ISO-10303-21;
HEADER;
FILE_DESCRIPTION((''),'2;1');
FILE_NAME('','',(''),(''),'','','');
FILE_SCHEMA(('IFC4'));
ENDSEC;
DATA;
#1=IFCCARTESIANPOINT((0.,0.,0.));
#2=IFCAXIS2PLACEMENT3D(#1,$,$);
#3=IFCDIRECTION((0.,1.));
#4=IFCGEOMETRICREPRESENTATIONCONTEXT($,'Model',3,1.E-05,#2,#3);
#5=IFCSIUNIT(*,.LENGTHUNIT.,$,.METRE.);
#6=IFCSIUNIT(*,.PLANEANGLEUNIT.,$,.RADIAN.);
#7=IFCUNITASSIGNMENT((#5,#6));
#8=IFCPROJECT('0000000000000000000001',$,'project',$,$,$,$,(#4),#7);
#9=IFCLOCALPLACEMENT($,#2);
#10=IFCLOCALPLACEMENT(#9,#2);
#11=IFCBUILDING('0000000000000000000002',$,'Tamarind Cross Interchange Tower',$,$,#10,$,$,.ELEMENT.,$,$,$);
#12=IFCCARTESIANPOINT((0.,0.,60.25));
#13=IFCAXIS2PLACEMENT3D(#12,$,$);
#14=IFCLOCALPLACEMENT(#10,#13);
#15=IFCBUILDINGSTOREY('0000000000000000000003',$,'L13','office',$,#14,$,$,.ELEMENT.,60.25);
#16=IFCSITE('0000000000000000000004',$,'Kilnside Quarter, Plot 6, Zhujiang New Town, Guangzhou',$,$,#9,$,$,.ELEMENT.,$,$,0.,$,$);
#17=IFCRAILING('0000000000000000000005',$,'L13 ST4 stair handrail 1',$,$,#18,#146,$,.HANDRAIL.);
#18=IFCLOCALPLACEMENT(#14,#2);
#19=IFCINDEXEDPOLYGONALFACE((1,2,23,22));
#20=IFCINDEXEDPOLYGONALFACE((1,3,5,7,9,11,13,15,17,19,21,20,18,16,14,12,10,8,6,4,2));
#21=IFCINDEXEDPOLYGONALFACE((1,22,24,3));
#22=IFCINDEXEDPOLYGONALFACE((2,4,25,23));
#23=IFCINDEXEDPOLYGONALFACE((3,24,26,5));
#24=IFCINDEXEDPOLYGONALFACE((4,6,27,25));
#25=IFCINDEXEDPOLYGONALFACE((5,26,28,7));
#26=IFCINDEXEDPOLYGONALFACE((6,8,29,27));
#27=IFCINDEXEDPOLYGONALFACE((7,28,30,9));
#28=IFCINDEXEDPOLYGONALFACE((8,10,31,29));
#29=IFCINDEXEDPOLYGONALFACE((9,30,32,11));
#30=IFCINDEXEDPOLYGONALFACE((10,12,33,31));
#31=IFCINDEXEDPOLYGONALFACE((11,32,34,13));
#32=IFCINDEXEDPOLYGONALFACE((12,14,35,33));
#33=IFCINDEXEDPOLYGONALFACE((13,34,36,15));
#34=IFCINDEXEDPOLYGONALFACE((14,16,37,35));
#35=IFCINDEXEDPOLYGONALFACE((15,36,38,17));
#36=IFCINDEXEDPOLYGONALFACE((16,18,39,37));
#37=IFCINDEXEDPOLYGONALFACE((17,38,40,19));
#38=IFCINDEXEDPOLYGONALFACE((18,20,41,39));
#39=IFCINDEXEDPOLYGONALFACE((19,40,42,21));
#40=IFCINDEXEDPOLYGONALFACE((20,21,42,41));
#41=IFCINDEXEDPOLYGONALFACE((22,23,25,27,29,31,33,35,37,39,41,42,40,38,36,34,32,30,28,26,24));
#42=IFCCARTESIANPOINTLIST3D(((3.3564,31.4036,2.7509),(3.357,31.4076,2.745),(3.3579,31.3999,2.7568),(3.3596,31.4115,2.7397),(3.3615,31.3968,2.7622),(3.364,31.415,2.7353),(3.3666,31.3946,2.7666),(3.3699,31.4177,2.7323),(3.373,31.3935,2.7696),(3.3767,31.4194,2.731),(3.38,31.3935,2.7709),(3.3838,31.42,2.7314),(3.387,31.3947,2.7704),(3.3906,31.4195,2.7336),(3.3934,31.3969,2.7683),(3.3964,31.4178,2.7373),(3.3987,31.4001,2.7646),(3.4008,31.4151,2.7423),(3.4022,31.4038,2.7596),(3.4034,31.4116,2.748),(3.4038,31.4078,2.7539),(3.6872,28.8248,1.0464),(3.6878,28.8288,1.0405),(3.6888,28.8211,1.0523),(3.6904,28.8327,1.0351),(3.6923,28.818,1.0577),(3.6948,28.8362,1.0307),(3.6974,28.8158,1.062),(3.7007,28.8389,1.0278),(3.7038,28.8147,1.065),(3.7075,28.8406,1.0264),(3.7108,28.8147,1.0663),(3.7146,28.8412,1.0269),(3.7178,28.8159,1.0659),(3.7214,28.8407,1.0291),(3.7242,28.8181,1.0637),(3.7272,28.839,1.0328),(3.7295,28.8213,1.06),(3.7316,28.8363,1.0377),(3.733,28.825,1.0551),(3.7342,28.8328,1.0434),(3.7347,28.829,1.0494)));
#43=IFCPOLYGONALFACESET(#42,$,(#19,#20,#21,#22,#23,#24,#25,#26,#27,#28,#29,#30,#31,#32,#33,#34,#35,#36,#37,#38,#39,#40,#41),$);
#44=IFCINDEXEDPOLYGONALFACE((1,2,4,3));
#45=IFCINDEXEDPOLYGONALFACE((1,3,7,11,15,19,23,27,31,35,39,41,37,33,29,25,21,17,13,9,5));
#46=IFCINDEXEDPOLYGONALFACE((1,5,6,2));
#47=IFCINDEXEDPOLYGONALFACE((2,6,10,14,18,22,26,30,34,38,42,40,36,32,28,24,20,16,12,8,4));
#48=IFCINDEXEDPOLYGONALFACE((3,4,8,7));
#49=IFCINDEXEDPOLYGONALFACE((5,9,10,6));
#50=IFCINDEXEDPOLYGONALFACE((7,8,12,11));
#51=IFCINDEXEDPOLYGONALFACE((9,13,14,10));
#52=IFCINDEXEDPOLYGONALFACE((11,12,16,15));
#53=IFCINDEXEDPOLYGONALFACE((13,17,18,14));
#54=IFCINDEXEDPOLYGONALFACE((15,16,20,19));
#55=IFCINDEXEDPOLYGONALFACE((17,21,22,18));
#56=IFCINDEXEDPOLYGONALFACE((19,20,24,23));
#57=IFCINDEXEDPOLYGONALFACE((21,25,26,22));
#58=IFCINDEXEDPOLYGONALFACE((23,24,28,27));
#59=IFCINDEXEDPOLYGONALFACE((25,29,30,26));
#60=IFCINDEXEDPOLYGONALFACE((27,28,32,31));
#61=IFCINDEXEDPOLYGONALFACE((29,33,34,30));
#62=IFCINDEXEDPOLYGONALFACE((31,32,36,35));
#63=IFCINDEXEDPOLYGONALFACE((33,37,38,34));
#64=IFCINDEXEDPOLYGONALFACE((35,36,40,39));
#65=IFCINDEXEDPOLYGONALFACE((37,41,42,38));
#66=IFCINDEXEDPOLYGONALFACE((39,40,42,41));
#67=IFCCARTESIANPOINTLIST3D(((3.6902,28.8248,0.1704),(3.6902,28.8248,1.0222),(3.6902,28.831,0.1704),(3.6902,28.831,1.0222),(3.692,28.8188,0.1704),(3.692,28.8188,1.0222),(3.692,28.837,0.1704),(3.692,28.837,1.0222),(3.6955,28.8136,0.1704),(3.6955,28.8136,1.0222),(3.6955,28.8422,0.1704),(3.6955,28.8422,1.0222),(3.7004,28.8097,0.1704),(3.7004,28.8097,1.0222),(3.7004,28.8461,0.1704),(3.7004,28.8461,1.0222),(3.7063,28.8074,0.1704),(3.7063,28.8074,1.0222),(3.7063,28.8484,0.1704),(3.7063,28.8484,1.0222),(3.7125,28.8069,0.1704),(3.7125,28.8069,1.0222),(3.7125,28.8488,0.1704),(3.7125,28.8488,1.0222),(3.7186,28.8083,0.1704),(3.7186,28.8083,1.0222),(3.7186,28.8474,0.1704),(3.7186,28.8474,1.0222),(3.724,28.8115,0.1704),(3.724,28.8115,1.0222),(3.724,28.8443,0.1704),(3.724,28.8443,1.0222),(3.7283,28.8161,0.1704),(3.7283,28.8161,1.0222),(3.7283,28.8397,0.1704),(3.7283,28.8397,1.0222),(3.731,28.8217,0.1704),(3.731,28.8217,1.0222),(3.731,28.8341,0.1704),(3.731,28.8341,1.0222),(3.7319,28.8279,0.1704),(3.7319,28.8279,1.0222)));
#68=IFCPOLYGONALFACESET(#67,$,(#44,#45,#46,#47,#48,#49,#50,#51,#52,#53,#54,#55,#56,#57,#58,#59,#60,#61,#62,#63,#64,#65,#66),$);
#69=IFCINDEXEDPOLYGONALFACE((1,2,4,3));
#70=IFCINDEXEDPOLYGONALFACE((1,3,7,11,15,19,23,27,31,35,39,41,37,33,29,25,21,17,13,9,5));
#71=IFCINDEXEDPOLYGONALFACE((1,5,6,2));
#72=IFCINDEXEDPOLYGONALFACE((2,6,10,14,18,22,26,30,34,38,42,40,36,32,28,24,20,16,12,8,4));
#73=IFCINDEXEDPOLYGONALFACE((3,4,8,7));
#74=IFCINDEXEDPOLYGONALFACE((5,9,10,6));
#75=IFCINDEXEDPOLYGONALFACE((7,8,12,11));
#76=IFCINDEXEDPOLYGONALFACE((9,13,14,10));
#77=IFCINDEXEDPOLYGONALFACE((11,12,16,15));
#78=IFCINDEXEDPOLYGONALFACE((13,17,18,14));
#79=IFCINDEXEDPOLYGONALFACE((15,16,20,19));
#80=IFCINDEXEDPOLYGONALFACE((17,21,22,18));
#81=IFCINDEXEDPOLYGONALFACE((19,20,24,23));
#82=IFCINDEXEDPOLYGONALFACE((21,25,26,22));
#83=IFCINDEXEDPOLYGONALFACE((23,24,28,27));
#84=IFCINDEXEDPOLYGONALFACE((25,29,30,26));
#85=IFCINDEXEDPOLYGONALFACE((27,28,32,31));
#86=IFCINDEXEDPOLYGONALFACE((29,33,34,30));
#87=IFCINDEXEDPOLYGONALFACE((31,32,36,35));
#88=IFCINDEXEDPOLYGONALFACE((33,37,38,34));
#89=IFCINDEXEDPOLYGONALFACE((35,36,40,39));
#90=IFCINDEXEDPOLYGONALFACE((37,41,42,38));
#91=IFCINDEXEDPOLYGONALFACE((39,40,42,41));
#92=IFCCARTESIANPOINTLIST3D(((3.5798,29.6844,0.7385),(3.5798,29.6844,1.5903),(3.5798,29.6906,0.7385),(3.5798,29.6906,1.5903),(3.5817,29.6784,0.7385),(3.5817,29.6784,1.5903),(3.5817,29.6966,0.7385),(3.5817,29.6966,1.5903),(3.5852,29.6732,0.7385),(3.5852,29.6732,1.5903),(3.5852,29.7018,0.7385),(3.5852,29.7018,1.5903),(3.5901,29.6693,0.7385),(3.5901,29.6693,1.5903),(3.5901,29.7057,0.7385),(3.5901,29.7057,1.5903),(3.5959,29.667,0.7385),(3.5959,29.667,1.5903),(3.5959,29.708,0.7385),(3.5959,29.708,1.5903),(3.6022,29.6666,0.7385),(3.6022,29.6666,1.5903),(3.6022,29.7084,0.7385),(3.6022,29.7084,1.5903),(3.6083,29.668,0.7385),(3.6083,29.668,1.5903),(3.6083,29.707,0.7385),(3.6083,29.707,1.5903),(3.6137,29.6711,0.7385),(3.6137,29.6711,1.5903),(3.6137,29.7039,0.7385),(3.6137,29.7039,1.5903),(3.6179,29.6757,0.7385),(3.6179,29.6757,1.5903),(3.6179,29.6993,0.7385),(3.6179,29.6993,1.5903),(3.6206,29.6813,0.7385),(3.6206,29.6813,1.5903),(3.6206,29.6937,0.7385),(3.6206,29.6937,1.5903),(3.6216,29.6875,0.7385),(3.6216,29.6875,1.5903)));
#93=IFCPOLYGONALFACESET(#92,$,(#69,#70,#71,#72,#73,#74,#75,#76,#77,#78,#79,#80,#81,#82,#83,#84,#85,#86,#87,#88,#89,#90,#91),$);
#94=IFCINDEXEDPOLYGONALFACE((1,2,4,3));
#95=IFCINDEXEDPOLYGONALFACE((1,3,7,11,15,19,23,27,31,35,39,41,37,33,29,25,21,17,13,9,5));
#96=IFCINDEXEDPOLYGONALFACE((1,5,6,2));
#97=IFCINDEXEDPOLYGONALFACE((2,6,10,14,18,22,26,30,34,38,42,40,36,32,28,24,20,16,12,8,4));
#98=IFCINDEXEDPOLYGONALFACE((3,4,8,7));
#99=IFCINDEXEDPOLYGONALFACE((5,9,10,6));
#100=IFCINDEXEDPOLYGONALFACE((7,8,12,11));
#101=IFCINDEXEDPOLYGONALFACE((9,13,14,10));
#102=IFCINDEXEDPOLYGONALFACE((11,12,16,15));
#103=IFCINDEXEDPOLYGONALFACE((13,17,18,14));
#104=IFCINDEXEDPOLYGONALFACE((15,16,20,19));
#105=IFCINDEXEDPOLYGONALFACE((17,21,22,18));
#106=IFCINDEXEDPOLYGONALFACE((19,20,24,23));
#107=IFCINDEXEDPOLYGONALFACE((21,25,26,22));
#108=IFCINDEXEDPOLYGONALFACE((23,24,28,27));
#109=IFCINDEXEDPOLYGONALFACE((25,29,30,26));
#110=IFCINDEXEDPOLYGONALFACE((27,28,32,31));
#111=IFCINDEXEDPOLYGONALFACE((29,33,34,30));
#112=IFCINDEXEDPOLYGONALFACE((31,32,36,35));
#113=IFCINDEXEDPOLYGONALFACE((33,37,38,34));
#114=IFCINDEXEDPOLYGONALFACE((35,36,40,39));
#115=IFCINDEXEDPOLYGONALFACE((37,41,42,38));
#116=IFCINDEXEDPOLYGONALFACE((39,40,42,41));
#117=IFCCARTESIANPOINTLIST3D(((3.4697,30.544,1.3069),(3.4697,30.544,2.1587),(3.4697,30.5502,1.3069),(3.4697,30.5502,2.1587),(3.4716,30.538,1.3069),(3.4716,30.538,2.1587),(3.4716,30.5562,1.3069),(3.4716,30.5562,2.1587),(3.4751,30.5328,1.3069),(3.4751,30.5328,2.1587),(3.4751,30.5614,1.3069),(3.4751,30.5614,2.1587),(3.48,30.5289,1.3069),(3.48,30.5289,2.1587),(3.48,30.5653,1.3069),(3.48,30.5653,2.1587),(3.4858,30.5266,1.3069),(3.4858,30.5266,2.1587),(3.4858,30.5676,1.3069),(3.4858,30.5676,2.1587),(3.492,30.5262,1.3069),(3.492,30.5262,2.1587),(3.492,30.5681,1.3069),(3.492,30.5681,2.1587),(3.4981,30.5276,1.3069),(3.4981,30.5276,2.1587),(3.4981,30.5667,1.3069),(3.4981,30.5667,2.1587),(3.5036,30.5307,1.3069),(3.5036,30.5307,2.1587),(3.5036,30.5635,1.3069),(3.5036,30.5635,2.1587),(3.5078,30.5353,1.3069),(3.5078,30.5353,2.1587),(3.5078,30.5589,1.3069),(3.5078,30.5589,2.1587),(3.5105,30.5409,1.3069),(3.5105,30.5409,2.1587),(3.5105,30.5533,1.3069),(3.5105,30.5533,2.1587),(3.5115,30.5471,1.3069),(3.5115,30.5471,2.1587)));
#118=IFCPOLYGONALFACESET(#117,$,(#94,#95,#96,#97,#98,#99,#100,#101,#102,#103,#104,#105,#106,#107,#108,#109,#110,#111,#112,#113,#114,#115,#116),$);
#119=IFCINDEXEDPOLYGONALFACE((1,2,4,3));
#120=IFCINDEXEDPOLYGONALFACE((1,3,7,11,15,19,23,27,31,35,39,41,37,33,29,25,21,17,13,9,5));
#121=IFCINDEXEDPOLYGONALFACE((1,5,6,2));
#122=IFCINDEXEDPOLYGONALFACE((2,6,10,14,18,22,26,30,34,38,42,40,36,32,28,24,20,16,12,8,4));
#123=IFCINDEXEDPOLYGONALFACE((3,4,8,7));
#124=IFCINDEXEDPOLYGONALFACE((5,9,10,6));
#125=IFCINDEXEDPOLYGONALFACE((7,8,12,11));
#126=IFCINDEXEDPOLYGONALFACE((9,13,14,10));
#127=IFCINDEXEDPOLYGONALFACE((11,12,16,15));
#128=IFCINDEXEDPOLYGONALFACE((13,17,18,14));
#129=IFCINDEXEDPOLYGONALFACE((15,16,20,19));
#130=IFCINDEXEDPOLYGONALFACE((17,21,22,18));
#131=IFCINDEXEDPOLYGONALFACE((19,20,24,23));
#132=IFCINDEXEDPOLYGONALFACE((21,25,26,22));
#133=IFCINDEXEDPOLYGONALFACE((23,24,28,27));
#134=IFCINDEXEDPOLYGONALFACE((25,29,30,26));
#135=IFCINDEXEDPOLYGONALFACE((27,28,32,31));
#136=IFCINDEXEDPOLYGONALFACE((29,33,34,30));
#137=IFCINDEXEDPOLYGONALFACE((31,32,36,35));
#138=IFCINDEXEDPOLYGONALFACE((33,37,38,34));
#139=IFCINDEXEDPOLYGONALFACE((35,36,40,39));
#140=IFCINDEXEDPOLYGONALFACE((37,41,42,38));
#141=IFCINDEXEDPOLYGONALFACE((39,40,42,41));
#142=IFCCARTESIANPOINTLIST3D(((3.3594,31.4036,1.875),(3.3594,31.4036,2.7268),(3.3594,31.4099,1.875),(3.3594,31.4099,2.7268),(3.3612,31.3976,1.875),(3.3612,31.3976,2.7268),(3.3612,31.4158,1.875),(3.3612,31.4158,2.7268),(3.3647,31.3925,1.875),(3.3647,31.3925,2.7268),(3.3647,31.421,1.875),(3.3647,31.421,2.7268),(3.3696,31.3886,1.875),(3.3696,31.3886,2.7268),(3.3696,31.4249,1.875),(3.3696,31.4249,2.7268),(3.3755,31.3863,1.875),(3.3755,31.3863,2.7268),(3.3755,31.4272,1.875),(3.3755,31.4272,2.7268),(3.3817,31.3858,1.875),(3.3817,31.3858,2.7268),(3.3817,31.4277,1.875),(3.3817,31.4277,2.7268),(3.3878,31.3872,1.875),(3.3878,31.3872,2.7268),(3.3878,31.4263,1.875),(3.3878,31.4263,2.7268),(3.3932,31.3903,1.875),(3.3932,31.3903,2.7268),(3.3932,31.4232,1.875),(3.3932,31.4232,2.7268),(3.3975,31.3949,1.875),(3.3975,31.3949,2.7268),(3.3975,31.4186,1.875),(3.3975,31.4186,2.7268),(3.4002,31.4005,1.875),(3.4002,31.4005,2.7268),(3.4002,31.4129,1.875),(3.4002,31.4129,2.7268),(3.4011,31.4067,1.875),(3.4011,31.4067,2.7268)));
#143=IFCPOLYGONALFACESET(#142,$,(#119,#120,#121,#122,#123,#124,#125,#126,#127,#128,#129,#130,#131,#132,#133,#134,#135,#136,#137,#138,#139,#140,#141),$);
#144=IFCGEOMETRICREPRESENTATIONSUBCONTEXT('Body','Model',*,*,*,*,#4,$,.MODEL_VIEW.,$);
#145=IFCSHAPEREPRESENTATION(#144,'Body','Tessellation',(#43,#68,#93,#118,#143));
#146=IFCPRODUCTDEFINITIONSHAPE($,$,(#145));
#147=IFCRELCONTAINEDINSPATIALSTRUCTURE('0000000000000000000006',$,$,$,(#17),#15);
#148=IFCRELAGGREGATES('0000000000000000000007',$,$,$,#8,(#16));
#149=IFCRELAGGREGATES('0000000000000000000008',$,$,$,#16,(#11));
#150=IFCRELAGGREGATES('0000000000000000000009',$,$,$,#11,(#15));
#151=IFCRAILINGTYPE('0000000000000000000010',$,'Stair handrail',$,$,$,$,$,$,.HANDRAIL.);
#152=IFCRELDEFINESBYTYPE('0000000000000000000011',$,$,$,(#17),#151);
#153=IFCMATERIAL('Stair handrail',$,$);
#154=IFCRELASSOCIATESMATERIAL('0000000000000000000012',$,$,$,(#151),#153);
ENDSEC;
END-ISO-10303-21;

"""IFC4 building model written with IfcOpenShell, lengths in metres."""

from ifc_helpers import new_model, si_unit, direction, frame, origin, origin_2d, place, context, subcontext, project, spatial, circle, extrude, material, type_object, element, save


model = new_model("IFC4")

# Units and contexts
model_context = context("Model", 3, precision=1e-05, world=origin(), true_north=direction((0.0, 1.0)))
body_context = subcontext(model_context, "Body", "Model", "MODEL_VIEW")
ifc_project = project(units=[si_unit("LENGTHUNIT", "METRE"), si_unit("PLANEANGLEUNIT", "RADIAN")], contexts=[model_context])

# Site, building, storey
site_placement = place(None, origin())
site = spatial("IfcSite", under=ifc_project, at=site_placement, Name="Kilnside Quarter, Plot 6, Zhujiang New Town, Guangzhou", CompositionType="ELEMENT", RefElevation=0.0)
building_placement = place(site_placement, origin())
building = spatial("IfcBuilding", under=site, at=building_placement, Name="Tamarind Cross Interchange Tower", CompositionType="ELEMENT")
storey_placement = place(building_placement, frame((0.0, 0.0, 60.25)))
storey = spatial("IfcBuildingStorey", under=building, at=storey_placement, Name="L13", Description="office", CompositionType="ELEMENT", Elevation=60.25)

# Railing
ifc_material_1 = material(Name="Stair handrail")
railing_type_1 = type_object("IfcRailingType", Name="Stair handrail", PredefinedType="HANDRAIL", material=ifc_material_1)
railing_1_placement = place(storey_placement, frame((3.7109, 28.8279, 0.1704)))
element("IfcRailing", 1, at=railing_1_placement, inside=storey, type_object=railing_type_1, Name="L13 ST4 stair handrail 1", PredefinedType="HANDRAIL", context=body_context, shape_type="SweptSolid", body=[
    extrude(circle(Radius=0.0239, at=origin_2d()), frame((0.0, 0.0, 0.876), z_axis=(-0.106406, 0.829495, 0.548285), x_axis=(-0.991873, -0.127235, 0.0)), (0.0, 0.0, 1.0), 3.1089),
    extrude(circle(Radius=0.021, at=origin_2d()), origin(), (0.0, 0.0, 1.0), 0.8518),
    extrude(circle(Radius=0.021, at=origin_2d()), frame((-0.1104, 0.8596, 0.5681)), (0.0, 0.0, 1.0), 0.8518),
    extrude(circle(Radius=0.021, at=origin_2d()), frame((-0.2205, 1.7192, 1.1365)), (0.0, 0.0, 1.0), 0.8518),
    extrude(circle(Radius=0.021, at=origin_2d()), frame((-0.3308, 2.5789, 1.7046)), (0.0, 0.0, 1.0), 0.8518),
])

save(model, "model.ifc")
